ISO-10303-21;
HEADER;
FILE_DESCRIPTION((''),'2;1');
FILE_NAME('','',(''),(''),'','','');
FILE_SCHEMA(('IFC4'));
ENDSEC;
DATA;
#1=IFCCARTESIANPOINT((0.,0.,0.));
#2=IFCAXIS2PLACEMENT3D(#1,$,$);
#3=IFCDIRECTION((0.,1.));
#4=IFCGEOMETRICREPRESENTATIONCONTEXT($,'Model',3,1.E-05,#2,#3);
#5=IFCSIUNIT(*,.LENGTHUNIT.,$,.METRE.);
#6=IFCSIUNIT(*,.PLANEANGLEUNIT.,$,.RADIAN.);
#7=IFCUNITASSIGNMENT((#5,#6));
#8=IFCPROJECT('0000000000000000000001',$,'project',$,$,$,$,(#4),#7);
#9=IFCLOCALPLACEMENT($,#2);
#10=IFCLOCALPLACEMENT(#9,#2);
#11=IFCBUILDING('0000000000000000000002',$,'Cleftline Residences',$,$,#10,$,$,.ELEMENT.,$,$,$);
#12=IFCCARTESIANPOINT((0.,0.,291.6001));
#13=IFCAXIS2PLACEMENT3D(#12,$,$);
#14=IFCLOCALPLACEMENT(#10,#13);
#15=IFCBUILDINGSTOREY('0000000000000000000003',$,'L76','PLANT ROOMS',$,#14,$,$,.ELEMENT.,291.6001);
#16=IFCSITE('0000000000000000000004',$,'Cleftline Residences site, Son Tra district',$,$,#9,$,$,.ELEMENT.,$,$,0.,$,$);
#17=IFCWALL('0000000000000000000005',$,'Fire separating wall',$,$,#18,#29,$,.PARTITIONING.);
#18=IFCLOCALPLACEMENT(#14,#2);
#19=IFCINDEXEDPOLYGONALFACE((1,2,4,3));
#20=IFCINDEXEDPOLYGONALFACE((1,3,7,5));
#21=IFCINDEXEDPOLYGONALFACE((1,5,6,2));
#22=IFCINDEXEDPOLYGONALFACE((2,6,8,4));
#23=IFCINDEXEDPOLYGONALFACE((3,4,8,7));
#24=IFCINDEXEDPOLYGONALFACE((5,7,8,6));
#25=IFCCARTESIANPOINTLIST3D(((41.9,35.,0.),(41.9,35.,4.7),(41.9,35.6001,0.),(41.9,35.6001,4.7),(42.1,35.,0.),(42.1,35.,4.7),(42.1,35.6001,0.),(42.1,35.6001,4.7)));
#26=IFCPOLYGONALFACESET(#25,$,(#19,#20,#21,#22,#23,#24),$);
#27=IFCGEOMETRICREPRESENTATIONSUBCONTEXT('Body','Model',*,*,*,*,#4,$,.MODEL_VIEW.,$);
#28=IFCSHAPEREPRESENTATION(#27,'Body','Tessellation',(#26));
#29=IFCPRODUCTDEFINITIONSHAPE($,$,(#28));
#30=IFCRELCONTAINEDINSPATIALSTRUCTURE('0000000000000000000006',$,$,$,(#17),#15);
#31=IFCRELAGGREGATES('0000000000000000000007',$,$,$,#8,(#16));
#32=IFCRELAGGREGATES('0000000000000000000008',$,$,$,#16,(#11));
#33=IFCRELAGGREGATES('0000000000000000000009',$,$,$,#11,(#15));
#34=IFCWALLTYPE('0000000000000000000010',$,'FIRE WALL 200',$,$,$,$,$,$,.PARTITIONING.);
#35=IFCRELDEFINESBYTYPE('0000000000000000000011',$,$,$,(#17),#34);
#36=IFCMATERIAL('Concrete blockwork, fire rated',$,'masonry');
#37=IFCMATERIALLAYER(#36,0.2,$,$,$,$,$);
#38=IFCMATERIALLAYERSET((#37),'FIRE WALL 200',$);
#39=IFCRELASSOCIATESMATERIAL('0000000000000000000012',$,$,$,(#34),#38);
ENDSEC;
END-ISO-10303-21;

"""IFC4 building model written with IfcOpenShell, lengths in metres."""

from ifc_helpers import new_model, si_unit, direction, frame, frame_2d, origin, place, context, subcontext, project, spatial, rectangle, extrude, material, layer, layer_set, type_object, element, save


model = new_model("IFC4")

# Units and contexts
model_context = context("Model", 3, precision=1e-05, world=origin(), true_north=direction((0.0, 1.0)))
body_context = subcontext(model_context, "Body", "Model", "MODEL_VIEW")
ifc_project = project(units=[si_unit("LENGTHUNIT", "METRE"), si_unit("PLANEANGLEUNIT", "RADIAN")], contexts=[model_context])

# Site, building, storey
site_placement = place(None, origin())
site = spatial("IfcSite", under=ifc_project, at=site_placement, Name="Cleftline Residences site, Son Tra district", CompositionType="ELEMENT", RefElevation=0.0)
building_placement = place(site_placement, origin())
building = spatial("IfcBuilding", under=site, at=building_placement, Name="Cleftline Residences", CompositionType="ELEMENT")
storey_placement = place(building_placement, frame((0.0, 0.0, 291.6001)))
storey = spatial("IfcBuildingStorey", under=building, at=storey_placement, Name="L76", Description="PLANT ROOMS", CompositionType="ELEMENT", Elevation=291.6001)

# Shared definitions
ifc_material_1 = material(Name="Concrete blockwork, fire rated", Category="masonry")
ifc_layer_1 = layer(ifc_material_1, 0.2)
ifc_layer_set_1 = layer_set([ifc_layer_1], Name="FIRE WALL 200")
wall_type_1 = type_object("IfcWallType", Name="FIRE WALL 200", PredefinedType="PARTITIONING", material=ifc_layer_set_1)

# Wall
wall_1_placement = place(storey_placement, frame((42.0, 35.0, 0.0), z_axis=(0.0, 0.0, 1.0), x_axis=(0.0, 1.0, 0.0)))
element("IfcWall", 1, at=wall_1_placement, inside=storey, type_object=wall_type_1, Name="Fire separating wall", PredefinedType="PARTITIONING", context=body_context, shape_type="SweptSolid", body=[
    extrude(rectangle(XDim=0.6001, YDim=0.2, at=frame_2d((0.3, 0.0))), origin(), (0.0, 0.0, 1.0), 4.7),
])

save(model, "model.ifc")
